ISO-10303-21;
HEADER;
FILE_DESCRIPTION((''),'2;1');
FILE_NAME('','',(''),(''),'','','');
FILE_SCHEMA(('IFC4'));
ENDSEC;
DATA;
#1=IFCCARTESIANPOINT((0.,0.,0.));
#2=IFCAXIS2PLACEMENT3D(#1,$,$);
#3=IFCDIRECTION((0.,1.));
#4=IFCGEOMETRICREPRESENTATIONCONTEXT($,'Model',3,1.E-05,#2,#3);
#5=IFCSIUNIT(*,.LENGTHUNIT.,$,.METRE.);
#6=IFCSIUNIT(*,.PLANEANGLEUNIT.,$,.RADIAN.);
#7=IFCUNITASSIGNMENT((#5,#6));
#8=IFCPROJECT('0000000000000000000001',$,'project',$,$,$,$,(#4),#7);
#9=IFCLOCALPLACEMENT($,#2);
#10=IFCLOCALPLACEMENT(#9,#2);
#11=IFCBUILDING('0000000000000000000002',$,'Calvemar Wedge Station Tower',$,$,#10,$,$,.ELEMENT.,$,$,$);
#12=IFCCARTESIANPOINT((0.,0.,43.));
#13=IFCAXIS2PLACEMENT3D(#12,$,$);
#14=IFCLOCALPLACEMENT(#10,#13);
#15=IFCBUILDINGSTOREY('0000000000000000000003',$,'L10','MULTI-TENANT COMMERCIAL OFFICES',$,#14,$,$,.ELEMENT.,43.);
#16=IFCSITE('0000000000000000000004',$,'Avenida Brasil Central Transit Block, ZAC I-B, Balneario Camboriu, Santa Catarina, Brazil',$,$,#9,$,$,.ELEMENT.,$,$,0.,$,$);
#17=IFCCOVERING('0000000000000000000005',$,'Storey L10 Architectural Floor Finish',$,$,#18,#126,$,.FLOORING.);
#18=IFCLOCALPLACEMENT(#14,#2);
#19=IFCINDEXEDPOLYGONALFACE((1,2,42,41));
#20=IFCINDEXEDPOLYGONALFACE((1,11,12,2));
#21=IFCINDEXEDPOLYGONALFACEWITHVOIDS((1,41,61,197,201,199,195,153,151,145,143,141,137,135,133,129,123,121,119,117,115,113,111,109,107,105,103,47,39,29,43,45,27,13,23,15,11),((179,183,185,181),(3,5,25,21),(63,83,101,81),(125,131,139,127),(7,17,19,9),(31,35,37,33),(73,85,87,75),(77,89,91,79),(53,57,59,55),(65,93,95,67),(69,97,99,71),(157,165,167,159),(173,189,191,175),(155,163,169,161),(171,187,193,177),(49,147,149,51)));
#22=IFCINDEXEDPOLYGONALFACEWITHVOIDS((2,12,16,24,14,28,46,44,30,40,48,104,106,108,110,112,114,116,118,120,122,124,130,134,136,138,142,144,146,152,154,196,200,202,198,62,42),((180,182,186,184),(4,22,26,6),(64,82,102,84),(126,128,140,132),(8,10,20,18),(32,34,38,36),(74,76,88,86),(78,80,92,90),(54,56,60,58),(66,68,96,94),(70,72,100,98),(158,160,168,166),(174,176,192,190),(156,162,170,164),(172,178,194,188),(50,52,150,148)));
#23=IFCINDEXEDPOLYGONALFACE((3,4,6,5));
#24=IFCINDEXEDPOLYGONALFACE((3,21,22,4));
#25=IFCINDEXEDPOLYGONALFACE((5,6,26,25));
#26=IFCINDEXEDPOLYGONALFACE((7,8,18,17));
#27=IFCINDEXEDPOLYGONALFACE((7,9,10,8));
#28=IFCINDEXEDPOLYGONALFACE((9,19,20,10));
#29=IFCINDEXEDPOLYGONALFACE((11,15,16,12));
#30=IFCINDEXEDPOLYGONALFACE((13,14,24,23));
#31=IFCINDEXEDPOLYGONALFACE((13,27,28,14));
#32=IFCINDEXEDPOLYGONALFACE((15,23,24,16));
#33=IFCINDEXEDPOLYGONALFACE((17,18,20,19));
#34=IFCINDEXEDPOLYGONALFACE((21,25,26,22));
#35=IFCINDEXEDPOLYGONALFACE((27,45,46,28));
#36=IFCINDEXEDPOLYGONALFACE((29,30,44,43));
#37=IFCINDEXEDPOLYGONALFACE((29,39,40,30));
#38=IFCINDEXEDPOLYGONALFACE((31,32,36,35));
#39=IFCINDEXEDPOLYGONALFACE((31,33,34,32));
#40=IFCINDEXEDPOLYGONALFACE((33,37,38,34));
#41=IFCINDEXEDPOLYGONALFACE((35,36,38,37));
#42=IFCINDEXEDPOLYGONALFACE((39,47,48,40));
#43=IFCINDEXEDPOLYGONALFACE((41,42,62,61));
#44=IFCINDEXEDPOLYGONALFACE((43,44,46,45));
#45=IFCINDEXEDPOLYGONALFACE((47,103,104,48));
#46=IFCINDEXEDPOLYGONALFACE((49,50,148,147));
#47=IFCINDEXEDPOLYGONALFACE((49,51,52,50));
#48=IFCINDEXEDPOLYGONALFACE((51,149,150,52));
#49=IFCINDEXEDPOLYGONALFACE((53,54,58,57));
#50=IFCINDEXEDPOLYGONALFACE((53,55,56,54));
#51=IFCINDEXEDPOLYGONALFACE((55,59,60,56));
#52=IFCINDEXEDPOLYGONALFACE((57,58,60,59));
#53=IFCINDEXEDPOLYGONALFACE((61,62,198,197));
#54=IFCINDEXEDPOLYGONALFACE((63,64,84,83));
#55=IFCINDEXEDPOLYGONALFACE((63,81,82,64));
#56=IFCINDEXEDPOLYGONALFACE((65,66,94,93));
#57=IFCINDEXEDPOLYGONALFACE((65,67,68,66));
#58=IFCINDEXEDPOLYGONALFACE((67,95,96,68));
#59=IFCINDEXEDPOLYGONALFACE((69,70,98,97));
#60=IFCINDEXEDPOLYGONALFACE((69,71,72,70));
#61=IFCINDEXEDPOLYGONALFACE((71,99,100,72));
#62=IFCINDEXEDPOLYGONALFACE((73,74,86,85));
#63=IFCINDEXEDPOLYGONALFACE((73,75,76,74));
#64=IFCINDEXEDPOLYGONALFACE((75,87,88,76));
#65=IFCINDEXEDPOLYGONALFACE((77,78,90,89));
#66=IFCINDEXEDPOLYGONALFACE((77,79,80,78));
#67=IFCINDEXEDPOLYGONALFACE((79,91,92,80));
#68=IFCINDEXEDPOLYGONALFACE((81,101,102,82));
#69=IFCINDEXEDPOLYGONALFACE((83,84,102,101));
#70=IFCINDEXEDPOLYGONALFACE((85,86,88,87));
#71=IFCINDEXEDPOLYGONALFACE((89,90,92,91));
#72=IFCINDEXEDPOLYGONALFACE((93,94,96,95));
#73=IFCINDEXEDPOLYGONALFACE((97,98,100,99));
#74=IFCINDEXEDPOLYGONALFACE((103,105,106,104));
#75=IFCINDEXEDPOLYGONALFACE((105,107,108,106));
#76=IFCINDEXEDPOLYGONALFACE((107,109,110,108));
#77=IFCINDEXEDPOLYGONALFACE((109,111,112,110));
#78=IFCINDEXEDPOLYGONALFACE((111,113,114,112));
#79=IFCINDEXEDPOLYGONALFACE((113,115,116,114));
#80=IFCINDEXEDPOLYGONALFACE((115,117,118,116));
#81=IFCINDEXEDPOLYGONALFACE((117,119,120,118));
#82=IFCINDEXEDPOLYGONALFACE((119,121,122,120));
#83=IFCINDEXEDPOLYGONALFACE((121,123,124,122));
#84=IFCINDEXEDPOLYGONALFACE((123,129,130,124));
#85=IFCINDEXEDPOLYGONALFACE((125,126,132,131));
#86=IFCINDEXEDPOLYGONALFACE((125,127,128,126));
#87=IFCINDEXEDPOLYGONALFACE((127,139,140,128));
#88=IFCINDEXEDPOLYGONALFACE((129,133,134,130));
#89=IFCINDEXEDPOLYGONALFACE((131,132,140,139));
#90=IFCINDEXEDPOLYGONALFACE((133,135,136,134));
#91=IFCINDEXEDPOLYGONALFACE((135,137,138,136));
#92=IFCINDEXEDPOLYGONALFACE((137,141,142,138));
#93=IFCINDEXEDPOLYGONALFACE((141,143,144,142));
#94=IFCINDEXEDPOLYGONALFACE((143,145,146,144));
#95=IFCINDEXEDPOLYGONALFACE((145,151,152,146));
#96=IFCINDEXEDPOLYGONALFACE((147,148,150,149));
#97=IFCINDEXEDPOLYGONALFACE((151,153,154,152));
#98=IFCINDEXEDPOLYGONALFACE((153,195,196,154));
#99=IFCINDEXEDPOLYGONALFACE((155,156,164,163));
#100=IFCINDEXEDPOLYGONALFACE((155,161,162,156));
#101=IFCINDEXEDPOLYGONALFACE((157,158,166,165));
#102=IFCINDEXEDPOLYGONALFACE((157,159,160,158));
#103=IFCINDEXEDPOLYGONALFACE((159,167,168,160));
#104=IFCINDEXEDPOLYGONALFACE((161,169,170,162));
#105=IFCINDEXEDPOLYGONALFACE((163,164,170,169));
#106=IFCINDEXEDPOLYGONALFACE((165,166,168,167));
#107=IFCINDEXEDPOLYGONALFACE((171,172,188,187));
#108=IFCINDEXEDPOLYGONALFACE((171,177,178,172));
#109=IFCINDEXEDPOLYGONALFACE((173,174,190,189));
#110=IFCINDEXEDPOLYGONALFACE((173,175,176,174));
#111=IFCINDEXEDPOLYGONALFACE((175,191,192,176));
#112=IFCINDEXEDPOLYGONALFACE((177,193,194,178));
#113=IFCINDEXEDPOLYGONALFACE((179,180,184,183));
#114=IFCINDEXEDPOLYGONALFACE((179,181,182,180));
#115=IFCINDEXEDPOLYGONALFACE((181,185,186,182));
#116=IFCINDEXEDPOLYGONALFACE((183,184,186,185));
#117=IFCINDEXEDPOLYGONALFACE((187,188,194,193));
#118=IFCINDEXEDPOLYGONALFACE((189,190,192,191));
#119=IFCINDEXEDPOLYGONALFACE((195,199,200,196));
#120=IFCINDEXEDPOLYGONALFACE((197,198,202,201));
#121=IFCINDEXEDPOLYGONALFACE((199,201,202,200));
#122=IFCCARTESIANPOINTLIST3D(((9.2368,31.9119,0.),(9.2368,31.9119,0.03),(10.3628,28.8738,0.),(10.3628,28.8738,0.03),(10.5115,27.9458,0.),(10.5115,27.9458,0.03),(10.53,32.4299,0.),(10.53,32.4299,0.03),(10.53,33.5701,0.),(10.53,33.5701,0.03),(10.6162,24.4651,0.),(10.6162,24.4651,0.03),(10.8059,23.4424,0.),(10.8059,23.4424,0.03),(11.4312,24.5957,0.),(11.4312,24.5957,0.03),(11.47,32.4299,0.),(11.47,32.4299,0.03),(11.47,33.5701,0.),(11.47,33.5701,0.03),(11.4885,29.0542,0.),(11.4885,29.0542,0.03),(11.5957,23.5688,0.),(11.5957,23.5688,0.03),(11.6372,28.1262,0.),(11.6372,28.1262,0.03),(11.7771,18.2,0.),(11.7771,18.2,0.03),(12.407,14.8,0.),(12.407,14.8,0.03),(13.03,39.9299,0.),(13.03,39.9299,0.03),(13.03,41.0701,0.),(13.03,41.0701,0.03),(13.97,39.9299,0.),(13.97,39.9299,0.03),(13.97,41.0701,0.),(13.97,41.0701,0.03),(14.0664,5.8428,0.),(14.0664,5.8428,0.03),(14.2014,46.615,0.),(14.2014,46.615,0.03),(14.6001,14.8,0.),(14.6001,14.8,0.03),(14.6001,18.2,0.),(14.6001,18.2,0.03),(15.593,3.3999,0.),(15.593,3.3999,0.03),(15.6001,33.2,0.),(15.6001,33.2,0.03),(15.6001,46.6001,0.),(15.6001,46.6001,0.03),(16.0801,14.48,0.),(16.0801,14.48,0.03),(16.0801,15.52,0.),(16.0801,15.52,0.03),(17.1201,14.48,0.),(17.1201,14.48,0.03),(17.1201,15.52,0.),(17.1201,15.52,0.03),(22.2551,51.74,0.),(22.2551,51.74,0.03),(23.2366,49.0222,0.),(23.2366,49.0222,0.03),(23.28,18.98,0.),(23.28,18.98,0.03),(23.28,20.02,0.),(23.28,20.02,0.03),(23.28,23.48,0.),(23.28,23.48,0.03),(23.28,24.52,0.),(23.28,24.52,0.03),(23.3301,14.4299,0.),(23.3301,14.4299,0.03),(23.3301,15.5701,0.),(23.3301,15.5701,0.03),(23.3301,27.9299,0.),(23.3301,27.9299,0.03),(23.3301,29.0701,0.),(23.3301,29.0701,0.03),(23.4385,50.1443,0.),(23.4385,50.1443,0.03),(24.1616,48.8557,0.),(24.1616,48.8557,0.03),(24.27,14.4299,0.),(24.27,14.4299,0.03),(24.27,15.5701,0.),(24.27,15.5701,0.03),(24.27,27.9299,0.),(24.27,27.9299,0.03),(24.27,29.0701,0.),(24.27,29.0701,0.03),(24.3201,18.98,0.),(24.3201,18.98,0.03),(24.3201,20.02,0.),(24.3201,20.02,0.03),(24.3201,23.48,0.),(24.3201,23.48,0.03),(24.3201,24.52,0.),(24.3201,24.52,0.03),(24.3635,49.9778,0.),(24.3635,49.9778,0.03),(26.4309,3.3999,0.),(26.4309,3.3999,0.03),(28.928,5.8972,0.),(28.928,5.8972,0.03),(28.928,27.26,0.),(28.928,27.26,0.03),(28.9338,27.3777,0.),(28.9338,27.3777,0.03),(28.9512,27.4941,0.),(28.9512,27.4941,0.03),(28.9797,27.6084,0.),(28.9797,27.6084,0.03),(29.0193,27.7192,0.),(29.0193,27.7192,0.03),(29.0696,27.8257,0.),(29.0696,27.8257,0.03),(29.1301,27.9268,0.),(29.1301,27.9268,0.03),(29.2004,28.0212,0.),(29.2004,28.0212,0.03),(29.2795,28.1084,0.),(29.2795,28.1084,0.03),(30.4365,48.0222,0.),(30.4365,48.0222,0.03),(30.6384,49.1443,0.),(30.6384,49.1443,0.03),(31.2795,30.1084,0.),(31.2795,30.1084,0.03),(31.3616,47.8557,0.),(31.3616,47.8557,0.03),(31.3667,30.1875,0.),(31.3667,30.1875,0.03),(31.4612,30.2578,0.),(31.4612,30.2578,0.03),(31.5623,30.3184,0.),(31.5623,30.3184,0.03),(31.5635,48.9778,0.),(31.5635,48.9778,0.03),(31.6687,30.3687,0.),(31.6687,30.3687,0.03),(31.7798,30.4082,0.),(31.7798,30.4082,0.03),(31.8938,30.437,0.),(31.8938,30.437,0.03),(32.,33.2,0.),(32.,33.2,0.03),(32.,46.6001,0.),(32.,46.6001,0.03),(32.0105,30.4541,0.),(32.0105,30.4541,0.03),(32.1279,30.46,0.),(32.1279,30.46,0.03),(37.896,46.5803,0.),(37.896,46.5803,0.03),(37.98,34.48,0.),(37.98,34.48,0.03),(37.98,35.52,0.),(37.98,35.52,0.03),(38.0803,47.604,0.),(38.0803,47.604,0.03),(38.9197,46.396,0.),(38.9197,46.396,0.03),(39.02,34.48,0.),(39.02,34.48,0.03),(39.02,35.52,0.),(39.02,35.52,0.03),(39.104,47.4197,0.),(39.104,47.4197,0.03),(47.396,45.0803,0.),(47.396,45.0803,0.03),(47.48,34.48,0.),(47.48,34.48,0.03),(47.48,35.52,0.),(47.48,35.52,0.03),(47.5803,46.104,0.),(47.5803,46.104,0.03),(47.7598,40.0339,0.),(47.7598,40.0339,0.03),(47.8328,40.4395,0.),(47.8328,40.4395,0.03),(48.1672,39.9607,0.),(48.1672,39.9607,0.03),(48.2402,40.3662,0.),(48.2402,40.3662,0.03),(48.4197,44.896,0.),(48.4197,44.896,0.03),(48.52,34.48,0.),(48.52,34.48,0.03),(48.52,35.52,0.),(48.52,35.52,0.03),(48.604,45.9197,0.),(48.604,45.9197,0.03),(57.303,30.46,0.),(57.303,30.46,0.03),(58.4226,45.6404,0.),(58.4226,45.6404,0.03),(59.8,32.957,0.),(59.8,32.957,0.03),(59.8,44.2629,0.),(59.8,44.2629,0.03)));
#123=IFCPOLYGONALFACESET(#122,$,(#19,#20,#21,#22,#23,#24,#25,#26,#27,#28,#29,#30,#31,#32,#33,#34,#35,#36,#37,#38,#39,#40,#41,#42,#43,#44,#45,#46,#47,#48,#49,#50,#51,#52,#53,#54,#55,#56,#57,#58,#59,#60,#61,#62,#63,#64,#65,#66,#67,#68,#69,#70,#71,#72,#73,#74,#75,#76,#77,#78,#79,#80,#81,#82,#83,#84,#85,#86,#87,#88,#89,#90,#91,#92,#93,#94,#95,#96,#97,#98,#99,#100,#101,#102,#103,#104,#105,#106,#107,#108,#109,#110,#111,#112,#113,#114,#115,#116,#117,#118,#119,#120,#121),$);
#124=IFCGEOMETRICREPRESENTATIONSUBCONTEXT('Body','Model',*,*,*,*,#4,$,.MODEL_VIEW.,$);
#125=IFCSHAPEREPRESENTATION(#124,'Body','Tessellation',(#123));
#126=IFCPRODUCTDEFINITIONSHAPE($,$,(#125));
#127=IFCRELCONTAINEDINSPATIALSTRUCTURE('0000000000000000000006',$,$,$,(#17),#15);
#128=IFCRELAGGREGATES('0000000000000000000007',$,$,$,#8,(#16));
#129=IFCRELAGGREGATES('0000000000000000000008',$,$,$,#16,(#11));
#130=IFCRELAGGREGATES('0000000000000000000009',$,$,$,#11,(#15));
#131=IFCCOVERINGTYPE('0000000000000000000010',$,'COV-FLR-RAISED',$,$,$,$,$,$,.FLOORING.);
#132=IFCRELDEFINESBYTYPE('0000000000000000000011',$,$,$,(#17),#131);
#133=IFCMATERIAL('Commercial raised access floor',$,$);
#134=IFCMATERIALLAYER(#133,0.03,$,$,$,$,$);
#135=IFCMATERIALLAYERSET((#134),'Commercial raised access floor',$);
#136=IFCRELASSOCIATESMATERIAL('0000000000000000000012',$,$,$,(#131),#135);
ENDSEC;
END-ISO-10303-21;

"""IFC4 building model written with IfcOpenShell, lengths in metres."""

from ifc_helpers import new_model, si_unit, direction, frame, origin, place, context, subcontext, project, spatial, polyline, outline, extrude, material, layer, layer_set, type_object, element, save


model = new_model("IFC4")

# Units and contexts
model_context = context("Model", 3, precision=1e-05, world=origin(), true_north=direction((0.0, 1.0)))
body_context = subcontext(model_context, "Body", "Model", "MODEL_VIEW")
ifc_project = project(units=[si_unit("LENGTHUNIT", "METRE"), si_unit("PLANEANGLEUNIT", "RADIAN")], contexts=[model_context])

# Site, building, storey
site_placement = place(None, origin())
site = spatial("IfcSite", under=ifc_project, at=site_placement, Name="Avenida Brasil Central Transit Block, ZAC I-B, Balneario Camboriu, Santa Catarina, Brazil", CompositionType="ELEMENT", RefElevation=0.0)
building_placement = place(site_placement, origin())
building = spatial("IfcBuilding", under=site, at=building_placement, Name="Calvemar Wedge Station Tower", CompositionType="ELEMENT")
storey_placement = place(building_placement, frame((0.0, 0.0, 43.0)))
storey = spatial("IfcBuildingStorey", under=building, at=storey_placement, Name="L10", Description="MULTI-TENANT COMMERCIAL OFFICES", CompositionType="ELEMENT", Elevation=43.0)

# Covering
ifc_material_1 = material(Name="Commercial raised access floor")
ifc_layer_1 = layer(ifc_material_1, 0.03)
ifc_layer_set_1 = layer_set([ifc_layer_1], Name="Commercial raised access floor")
covering_type_1 = type_object("IfcCoveringType", Name="COV-FLR-RAISED", PredefinedType="FLOORING", material=ifc_layer_set_1)
covering_1_placement = place(storey_placement, origin())
element("IfcCovering", 1, at=covering_1_placement, inside=storey, type_object=covering_type_1, Name="Storey L10 Architectural Floor Finish", PredefinedType="FLOORING", context=body_context, shape_type="SweptSolid", body=[
    extrude(outline(polyline([(29.2795, 28.1084), (31.2795, 30.1084), (31.3667, 30.1875), (31.4612, 30.2578), (31.5623, 30.3184), (31.6687, 30.3687), (31.7798, 30.4082), (31.8938, 30.437), (32.0105, 30.4541), (32.1279, 30.46), (57.303, 30.46), (59.8, 32.957), (59.8, 44.2629), (58.4226, 45.6404), (22.2551, 51.74), (14.2014, 46.615), (9.2368, 31.9119), (10.6162, 24.4651), (11.4312, 24.5957), (11.5957, 23.5688), (10.8059, 23.4424), (11.7771, 18.2), (14.6001, 18.2), (14.6001, 14.8), (12.407, 14.8), (14.0664, 5.8428), (15.593, 3.3999), (26.4309, 3.3999), (28.928, 5.8972), (28.928, 27.26), (28.9338, 27.3777), (28.9512, 27.4941), (28.9797, 27.6084), (29.0193, 27.7192), (29.0696, 27.8257), (29.1301, 27.9268), (29.2004, 28.0212), (29.2795, 28.1084)]), holes=[polyline([(15.6001, 46.6001), (32.0, 46.6001), (32.0, 33.2), (15.6001, 33.2), (15.6001, 46.6001)]), polyline([(10.53, 32.4299), (10.53, 33.5701), (11.47, 33.5701), (11.47, 32.4299), (10.53, 32.4299)]), polyline([(13.03, 41.0701), (13.97, 41.0701), (13.97, 39.9299), (13.03, 39.9299), (13.03, 41.0701)]), polyline([(24.3635, 49.9778), (24.1616, 48.8557), (23.2366, 49.0222), (23.4385, 50.1443), (24.3635, 49.9778)]), polyline([(31.3616, 47.8557), (30.4365, 48.0222), (30.6384, 49.1443), (31.5635, 48.9778), (31.3616, 47.8557)]), polyline([(37.896, 46.5803), (38.0803, 47.604), (39.104, 47.4197), (38.9197, 46.396), (37.896, 46.5803)]), polyline([(47.5803, 46.104), (48.604, 45.9197), (48.4197, 44.896), (47.396, 45.0803), (47.5803, 46.104)]), polyline([(39.02, 35.52), (39.02, 34.48), (37.98, 34.48), (37.98, 35.52), (39.02, 35.52)]), polyline([(48.52, 34.48), (47.48, 34.48), (47.48, 35.52), (48.52, 35.52), (48.52, 34.48)]), polyline([(47.7598, 40.0339), (47.8328, 40.4395), (48.2402, 40.3662), (48.1672, 39.9607), (47.7598, 40.0339)]), polyline([(11.4885, 29.0542), (11.6372, 28.1262), (10.5115, 27.9458), (10.3628, 28.8738), (11.4885, 29.0542)]), polyline([(24.27, 27.9299), (23.3301, 27.9299), (23.3301, 29.0701), (24.27, 29.0701), (24.27, 27.9299)]), polyline([(23.28, 23.48), (23.28, 24.52), (24.3201, 24.52), (24.3201, 23.48), (23.28, 23.48)]), polyline([(23.28, 20.02), (24.3201, 20.02), (24.3201, 18.98), (23.28, 18.98), (23.28, 20.02)]), polyline([(24.27, 15.5701), (24.27, 14.4299), (23.3301, 14.4299), (23.3301, 15.5701), (24.27, 15.5701)]), polyline([(17.1201, 14.48), (16.0801, 14.48), (16.0801, 15.52), (17.1201, 15.52), (17.1201, 14.48)])]), origin(), (0.0, 0.0, 1.0), 0.03),
])

save(model, "model.ifc")
